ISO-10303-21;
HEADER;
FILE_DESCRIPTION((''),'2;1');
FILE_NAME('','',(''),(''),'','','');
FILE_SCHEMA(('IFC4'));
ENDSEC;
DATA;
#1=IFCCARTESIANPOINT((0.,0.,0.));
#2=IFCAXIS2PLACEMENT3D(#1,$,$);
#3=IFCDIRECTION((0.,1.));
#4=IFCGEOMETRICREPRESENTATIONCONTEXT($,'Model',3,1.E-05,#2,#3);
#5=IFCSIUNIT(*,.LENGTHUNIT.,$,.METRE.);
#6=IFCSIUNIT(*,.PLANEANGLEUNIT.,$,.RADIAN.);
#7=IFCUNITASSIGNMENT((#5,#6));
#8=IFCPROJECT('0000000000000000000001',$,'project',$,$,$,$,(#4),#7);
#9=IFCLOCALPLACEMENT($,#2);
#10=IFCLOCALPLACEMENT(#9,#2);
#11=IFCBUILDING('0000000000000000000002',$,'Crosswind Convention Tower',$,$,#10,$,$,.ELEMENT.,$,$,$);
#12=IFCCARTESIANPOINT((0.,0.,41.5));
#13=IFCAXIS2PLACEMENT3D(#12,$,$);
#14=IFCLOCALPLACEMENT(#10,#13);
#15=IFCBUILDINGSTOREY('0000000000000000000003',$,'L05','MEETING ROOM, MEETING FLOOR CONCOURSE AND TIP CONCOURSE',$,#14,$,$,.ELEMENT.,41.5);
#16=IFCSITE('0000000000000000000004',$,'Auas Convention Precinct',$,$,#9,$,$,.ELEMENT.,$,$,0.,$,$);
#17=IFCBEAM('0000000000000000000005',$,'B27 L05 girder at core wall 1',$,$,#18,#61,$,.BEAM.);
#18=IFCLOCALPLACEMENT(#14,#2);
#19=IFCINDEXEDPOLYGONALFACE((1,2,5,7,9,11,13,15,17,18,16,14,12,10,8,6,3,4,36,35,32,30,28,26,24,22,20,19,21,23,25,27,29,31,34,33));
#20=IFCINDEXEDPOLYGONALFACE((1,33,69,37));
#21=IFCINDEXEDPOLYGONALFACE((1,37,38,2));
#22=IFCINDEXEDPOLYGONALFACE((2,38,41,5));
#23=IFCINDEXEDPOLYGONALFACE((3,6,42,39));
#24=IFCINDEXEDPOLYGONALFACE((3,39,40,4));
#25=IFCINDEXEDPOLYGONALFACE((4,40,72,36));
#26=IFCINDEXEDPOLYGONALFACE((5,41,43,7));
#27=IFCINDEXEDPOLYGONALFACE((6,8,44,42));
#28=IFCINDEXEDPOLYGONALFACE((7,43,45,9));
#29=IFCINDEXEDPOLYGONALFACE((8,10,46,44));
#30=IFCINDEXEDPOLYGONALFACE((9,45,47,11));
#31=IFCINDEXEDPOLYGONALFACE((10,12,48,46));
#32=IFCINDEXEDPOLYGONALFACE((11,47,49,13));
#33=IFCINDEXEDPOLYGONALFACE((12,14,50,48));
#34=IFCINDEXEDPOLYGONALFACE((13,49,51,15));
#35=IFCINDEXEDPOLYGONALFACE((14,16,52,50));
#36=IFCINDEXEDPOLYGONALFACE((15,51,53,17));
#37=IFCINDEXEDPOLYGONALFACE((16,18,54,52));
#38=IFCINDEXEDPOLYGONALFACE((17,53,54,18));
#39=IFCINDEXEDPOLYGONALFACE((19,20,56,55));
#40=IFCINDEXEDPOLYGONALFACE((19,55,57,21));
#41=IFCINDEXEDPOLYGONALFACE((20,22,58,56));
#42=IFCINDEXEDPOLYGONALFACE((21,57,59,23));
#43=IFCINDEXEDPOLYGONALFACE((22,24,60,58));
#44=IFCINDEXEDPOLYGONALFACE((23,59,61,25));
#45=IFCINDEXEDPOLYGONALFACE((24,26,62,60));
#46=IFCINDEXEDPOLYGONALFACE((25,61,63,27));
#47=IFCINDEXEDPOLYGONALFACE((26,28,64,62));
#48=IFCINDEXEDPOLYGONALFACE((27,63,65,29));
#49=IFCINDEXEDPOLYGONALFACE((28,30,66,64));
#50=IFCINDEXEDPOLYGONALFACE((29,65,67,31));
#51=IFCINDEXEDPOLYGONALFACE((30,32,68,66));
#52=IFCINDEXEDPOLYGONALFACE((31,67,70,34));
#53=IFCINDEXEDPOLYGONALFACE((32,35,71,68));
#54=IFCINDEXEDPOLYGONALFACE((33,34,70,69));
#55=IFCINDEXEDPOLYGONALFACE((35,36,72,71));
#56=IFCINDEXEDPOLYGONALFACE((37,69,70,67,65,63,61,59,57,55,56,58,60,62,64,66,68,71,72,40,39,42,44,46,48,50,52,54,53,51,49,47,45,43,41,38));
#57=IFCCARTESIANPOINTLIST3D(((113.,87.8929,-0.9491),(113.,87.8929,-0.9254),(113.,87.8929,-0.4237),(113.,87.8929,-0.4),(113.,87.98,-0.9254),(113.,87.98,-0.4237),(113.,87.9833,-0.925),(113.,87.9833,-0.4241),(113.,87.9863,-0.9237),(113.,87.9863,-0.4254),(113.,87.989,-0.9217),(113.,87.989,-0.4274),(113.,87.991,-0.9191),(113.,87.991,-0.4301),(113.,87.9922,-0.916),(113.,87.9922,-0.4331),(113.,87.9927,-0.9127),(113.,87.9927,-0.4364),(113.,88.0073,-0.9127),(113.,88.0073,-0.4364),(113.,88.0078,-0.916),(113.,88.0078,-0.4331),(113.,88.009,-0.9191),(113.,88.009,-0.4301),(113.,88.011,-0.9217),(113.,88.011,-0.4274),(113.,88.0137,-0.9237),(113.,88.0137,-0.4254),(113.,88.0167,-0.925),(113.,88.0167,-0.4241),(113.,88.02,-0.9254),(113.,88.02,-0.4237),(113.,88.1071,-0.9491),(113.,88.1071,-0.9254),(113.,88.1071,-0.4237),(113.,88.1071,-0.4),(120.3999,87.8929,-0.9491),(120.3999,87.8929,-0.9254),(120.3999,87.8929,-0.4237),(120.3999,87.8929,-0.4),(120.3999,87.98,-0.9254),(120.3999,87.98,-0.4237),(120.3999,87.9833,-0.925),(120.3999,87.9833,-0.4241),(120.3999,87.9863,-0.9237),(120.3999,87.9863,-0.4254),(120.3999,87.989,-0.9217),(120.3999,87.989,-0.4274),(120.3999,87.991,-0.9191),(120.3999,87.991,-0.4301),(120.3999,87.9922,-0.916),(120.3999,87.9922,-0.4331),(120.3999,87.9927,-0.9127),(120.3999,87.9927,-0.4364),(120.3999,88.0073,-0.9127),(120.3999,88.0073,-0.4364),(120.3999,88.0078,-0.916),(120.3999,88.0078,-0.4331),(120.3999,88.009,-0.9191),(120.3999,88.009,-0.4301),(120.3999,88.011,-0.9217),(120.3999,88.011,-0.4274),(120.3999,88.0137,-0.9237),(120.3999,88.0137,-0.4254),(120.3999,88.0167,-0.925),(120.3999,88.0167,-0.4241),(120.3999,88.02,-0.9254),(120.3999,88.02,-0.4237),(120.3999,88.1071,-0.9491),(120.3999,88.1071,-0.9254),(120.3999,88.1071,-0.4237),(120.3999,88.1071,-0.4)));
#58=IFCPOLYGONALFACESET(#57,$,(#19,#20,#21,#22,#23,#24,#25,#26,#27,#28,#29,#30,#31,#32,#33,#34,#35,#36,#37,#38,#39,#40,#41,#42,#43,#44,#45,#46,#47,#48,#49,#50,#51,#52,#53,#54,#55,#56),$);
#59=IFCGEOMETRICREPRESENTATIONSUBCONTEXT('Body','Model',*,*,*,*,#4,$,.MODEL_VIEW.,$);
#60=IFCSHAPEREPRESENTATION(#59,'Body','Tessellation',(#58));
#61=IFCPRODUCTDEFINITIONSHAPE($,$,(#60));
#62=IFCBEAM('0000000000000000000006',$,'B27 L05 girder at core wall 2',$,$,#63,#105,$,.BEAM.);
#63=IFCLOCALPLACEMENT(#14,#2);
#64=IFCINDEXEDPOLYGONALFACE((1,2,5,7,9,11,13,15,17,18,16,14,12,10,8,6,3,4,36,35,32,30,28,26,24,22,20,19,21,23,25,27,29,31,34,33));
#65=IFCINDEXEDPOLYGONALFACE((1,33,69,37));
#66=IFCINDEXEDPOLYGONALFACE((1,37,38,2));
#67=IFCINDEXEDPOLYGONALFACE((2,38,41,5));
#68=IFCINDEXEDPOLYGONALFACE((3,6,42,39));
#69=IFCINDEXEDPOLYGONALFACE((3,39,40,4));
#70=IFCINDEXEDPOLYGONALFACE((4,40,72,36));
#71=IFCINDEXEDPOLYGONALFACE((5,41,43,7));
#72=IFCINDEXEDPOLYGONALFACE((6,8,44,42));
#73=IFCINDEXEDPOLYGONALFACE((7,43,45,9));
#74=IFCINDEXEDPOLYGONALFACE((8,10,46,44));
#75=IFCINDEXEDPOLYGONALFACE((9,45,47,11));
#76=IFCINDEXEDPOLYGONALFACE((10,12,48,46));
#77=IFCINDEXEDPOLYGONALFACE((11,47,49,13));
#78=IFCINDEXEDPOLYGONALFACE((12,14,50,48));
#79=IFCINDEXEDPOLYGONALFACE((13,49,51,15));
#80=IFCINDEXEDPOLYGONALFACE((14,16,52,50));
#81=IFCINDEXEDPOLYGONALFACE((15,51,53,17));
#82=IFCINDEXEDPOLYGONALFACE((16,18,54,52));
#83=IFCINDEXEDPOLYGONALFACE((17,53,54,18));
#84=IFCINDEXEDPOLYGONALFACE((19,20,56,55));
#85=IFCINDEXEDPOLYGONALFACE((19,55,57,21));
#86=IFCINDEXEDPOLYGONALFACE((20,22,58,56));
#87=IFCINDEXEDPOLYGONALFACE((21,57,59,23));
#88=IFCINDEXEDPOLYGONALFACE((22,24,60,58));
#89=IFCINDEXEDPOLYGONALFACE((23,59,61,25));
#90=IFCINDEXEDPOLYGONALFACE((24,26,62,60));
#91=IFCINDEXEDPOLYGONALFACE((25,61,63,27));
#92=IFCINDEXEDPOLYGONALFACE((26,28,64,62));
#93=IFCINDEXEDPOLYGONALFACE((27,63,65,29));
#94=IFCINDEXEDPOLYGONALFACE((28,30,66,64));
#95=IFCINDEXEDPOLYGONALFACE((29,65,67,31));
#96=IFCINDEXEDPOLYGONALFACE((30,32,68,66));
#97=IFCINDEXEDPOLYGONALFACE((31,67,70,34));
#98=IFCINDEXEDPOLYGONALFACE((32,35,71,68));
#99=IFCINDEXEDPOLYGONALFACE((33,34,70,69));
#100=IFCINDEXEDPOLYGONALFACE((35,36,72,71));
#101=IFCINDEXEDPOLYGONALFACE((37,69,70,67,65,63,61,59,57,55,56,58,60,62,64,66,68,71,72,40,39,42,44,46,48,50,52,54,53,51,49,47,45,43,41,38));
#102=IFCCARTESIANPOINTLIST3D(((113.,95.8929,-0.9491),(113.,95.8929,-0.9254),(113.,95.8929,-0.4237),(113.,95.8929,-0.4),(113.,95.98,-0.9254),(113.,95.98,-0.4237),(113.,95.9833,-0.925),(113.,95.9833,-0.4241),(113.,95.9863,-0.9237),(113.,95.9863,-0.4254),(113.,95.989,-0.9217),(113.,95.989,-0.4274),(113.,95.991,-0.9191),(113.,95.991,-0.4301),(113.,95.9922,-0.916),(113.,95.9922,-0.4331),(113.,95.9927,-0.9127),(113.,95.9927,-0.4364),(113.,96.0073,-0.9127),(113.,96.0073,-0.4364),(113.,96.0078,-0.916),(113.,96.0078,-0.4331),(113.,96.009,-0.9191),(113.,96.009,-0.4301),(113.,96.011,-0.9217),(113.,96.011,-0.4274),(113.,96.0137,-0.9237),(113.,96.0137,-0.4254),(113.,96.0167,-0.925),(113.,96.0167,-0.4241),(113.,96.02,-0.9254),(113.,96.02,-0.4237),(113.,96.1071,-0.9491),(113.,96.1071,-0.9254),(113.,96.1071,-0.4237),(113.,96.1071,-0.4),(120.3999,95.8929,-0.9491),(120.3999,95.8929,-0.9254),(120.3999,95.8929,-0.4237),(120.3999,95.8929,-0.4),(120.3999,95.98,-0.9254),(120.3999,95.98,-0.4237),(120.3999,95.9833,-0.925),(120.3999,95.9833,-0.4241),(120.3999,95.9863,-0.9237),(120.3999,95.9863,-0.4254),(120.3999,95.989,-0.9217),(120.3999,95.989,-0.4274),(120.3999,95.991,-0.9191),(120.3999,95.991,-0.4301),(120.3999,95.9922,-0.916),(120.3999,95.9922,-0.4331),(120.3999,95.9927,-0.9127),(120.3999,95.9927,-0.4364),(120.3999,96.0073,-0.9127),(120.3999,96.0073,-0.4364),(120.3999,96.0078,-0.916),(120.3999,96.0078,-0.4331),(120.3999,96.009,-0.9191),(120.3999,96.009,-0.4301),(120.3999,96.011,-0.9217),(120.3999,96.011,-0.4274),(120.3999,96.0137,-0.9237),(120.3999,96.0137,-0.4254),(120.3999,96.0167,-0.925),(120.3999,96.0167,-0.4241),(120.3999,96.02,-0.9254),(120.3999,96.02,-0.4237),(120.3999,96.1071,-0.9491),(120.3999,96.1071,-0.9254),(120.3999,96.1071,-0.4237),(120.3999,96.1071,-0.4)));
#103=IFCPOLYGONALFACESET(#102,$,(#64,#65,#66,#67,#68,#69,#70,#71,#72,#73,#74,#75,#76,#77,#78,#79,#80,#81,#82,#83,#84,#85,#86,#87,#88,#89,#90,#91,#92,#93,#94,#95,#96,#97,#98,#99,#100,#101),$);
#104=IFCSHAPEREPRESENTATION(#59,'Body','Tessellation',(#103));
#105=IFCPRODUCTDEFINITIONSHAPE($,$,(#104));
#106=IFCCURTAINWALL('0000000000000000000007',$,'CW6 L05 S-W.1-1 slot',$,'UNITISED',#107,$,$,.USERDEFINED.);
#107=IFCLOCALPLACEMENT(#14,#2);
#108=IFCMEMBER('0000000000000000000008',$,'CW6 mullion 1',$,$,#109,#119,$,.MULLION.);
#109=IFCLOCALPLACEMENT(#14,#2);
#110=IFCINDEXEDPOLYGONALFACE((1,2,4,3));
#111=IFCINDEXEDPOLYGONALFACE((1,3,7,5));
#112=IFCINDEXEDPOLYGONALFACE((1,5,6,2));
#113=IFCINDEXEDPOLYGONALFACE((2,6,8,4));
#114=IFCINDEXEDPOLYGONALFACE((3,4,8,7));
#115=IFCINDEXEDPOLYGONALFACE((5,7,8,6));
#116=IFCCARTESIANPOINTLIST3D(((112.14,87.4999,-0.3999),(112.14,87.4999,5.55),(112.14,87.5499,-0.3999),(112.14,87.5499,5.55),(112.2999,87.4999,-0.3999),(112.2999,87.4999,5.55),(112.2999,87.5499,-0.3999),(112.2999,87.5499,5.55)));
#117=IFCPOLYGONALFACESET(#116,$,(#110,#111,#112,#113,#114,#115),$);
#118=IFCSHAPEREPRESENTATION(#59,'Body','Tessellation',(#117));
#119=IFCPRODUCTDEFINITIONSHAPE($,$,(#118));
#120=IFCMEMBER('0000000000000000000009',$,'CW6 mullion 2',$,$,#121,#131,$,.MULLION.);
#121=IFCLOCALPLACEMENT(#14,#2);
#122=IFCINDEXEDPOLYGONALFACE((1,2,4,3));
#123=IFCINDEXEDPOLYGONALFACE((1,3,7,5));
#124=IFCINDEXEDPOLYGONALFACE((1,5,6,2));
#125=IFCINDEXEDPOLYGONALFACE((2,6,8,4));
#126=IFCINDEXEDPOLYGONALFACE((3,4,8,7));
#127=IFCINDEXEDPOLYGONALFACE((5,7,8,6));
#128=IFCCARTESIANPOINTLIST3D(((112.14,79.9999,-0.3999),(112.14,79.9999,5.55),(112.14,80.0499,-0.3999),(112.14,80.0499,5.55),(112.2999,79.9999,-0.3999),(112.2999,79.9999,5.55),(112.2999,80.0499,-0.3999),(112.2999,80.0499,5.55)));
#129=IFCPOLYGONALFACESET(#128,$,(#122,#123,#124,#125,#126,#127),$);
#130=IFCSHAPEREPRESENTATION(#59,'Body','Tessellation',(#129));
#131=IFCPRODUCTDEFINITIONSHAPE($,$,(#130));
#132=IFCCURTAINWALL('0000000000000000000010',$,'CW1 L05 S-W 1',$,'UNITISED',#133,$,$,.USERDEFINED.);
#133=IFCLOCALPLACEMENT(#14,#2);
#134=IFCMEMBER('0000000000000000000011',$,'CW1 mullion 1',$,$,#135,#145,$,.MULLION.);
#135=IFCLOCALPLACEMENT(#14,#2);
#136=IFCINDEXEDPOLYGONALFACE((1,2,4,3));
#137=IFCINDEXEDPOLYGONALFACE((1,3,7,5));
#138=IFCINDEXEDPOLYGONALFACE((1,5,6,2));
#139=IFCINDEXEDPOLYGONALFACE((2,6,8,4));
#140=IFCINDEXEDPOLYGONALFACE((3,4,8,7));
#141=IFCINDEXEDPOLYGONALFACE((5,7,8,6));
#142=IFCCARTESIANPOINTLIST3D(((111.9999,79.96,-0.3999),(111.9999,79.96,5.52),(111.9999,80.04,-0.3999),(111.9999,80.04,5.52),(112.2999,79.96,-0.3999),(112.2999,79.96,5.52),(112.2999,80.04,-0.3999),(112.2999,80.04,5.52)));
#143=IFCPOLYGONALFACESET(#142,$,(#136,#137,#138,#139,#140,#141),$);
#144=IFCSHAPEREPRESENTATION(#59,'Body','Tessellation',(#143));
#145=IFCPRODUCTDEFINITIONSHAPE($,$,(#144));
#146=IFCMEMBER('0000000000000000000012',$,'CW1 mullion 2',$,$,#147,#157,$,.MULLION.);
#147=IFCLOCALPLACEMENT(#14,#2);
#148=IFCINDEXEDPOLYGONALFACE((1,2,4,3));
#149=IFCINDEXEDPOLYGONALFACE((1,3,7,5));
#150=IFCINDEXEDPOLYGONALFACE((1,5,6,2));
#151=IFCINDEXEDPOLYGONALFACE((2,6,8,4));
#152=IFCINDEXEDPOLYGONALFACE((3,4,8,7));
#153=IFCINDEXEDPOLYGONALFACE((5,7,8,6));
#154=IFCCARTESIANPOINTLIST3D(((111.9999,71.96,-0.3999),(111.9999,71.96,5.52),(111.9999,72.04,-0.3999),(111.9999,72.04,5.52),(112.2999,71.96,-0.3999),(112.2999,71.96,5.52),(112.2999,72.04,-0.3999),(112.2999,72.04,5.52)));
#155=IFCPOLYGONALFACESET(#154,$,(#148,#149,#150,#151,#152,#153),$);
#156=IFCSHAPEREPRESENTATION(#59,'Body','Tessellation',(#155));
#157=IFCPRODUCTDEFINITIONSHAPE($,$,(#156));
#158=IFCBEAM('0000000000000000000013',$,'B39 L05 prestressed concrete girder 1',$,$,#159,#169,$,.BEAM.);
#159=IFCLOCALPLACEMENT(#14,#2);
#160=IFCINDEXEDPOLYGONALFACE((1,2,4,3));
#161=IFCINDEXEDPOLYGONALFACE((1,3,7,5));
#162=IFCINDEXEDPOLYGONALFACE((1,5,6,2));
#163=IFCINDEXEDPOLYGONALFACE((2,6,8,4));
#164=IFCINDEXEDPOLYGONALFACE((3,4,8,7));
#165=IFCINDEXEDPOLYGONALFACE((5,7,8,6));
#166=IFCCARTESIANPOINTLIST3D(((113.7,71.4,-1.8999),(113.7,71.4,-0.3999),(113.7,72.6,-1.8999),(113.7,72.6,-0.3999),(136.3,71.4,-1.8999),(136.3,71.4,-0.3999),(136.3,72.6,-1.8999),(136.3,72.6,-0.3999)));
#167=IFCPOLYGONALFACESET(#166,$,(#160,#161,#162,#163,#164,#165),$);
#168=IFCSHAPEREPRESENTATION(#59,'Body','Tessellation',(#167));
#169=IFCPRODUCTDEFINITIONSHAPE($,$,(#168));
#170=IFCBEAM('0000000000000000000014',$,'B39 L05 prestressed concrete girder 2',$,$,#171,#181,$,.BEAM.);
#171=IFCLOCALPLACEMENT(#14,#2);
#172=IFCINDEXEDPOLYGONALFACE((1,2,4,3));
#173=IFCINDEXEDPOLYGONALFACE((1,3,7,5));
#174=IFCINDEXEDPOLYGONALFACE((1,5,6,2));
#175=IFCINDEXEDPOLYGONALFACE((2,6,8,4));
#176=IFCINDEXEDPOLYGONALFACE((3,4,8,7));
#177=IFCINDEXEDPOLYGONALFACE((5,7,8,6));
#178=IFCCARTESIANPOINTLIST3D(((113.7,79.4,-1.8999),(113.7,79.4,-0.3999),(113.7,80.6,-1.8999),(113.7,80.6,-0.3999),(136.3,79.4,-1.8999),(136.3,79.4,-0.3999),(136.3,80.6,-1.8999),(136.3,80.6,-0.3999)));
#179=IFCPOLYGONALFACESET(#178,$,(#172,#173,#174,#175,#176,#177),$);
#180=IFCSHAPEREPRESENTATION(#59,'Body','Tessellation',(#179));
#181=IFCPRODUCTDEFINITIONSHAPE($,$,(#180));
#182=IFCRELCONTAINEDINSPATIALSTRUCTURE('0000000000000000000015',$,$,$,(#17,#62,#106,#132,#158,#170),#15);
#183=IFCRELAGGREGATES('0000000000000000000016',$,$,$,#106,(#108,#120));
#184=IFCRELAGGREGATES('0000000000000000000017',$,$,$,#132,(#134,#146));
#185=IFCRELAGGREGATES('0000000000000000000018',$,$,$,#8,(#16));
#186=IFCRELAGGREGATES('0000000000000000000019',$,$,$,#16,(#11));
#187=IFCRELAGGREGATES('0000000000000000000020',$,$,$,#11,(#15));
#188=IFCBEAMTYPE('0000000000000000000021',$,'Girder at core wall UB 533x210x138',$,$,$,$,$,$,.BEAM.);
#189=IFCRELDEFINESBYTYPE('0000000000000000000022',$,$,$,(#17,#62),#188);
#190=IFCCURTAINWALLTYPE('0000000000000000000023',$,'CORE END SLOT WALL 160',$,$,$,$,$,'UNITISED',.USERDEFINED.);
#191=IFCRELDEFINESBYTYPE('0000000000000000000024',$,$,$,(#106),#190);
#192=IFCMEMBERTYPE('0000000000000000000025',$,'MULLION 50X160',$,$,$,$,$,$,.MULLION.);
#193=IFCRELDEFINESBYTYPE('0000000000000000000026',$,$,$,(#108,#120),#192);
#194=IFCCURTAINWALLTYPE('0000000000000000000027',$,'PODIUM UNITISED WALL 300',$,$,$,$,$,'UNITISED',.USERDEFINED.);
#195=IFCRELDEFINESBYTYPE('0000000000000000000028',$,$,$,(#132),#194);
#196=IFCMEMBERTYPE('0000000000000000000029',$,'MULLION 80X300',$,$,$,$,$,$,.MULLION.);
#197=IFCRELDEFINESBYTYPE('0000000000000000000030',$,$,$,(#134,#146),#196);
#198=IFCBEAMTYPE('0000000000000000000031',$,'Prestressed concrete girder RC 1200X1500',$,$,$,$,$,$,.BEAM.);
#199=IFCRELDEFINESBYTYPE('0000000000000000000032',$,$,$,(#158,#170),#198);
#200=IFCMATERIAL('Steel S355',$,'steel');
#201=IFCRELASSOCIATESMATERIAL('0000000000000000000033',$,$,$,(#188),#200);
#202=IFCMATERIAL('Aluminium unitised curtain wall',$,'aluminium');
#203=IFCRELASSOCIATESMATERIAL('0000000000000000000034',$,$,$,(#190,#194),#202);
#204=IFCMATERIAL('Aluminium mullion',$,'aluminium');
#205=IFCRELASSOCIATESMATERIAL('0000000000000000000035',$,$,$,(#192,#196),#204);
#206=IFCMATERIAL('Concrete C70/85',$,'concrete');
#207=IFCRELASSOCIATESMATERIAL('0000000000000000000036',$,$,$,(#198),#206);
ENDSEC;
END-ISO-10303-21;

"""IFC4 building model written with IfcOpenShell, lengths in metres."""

from ifc_helpers import new_model, si_unit, direction, frame, origin, origin_2d, place, context, subcontext, project, spatial, rectangle, i_section, extrude, material, material_profile, profile_set, type_object, element, aggregate, save


model = new_model("IFC4")

# Units and contexts
model_context = context("Model", 3, precision=1e-05, world=origin(), true_north=direction((0.0, 1.0)))
body_context = subcontext(model_context, "Body", "Model", "MODEL_VIEW")
ifc_project = project(units=[si_unit("LENGTHUNIT", "METRE"), si_unit("PLANEANGLEUNIT", "RADIAN")], contexts=[model_context])

# Site, building, storey
site_placement = place(None, origin())
site = spatial("IfcSite", under=ifc_project, at=site_placement, Name="Auas Convention Precinct", CompositionType="ELEMENT", RefElevation=0.0)
building_placement = place(site_placement, origin())
building = spatial("IfcBuilding", under=site, at=building_placement, Name="Crosswind Convention Tower", CompositionType="ELEMENT")
storey_placement = place(building_placement, frame((0.0, 0.0, 41.5)))
storey = spatial("IfcBuildingStorey", under=building, at=storey_placement, Name="L05", Description="MEETING ROOM, MEETING FLOOR CONCOURSE AND TIP CONCOURSE", CompositionType="ELEMENT", Elevation=41.5)

# Shared definitions
ifc_material_1 = material(Name="Concrete C70/85", Category="concrete")

# Beams
ifc_material_2 = material(Name="Steel S355", Category="steel")
ifc_material_profile_1 = material_profile(ifc_material_2, i_section(OverallWidth=0.2141, OverallDepth=0.5491, WebThickness=0.0146, FlangeThickness=0.0237, FilletRadius=0.0127, at=origin_2d()), Name="UB 533x210x138")
ifc_profile_set_1 = profile_set([ifc_material_profile_1], Name="Steel S355")
beam_type_1 = type_object("IfcBeamType", Name="Girder at core wall UB 533x210x138", PredefinedType="BEAM", material=ifc_profile_set_1)
for number, where, z_axis, x_axis, name in (
    (1, (113.0, 88.0, -0.6746), (1.0, 0.0, 0.0), (0.0, 1.0, 0.0), "B27 L05 girder at core wall 1"),
    (2, (113.0, 96.0, -0.6746), (1.0, 0.0, 0.0), (0.0, 1.0, 0.0), "B27 L05 girder at core wall 2"),
):
    element("IfcBeam", number, at=place(storey_placement, frame(where, z_axis=z_axis, x_axis=x_axis)), inside=storey, type_object=beam_type_1, Name=name, PredefinedType="BEAM", context=body_context, shape_type="SweptSolid", body=[
        extrude(i_section(OverallWidth=0.2141, OverallDepth=0.5491, WebThickness=0.0146, FlangeThickness=0.0237, FilletRadius=0.0127, at=origin_2d()), origin(), (0.0, 0.0, 1.0), 7.3999),
    ])

# Curtain walls, members
ifc_material_3 = material(Name="Aluminium unitised curtain wall", Category="aluminium")
curtain_wall_type_1 = type_object("IfcCurtainWallType", Name="CORE END SLOT WALL 160", ElementType="UNITISED", PredefinedType="USERDEFINED", material=ifc_material_3)
curtain_wall_1_placement = place(storey_placement, origin())
curtain_wall_1 = element("IfcCurtainWall", 3, at=curtain_wall_1_placement, inside=storey, type_object=curtain_wall_type_1, Name="CW6 L05 S-W.1-1 slot", ObjectType="UNITISED", PredefinedType="USERDEFINED")
ifc_material_4 = material(Name="Aluminium mullion", Category="aluminium")
ifc_material_profile_2 = material_profile(ifc_material_4, rectangle(XDim=0.1599, YDim=0.05, at=origin_2d()), Name="AL 160X50")
ifc_profile_set_2 = profile_set([ifc_material_profile_2], Name="Aluminium mullion")
member_type_1 = type_object("IfcMemberType", Name="MULLION 50X160", PredefinedType="MULLION", material=ifc_profile_set_2)
member_1_placement = place(storey_placement, frame((112.22, 87.5249, -0.3999), z_axis=(0.0, 0.0, 1.0), x_axis=(-1.0, 0.0, 0.0)))
member_1 = element("IfcMember", 4, at=member_1_placement, type_object=member_type_1, Name="CW6 mullion 1", PredefinedType="MULLION", context=body_context, shape_type="SweptSolid", body=[
    extrude(rectangle(XDim=0.1599, YDim=0.05, at=origin_2d()), origin(), (0.0, 0.0, 1.0), 5.95),
])
member_2_placement = place(storey_placement, frame((112.22, 80.0249, -0.3999), z_axis=(0.0, 0.0, 1.0), x_axis=(-1.0, 0.0, 0.0)))
member_2 = element("IfcMember", 5, at=member_2_placement, type_object=member_type_1, Name="CW6 mullion 2", PredefinedType="MULLION", context=body_context, shape_type="SweptSolid", body=[
    extrude(rectangle(XDim=0.1599, YDim=0.05, at=origin_2d()), origin(), (0.0, 0.0, 1.0), 5.95),
])
curtain_wall_type_2 = type_object("IfcCurtainWallType", Name="PODIUM UNITISED WALL 300", ElementType="UNITISED", PredefinedType="USERDEFINED", material=ifc_material_3)
curtain_wall_2_placement = place(storey_placement, origin())
curtain_wall_2 = element("IfcCurtainWall", 6, at=curtain_wall_2_placement, inside=storey, type_object=curtain_wall_type_2, Name="CW1 L05 S-W 1", ObjectType="UNITISED", PredefinedType="USERDEFINED")
ifc_material_profile_3 = material_profile(ifc_material_4, rectangle(XDim=0.3, YDim=0.0801, at=origin_2d()), Name="AL 300X80")
ifc_profile_set_3 = profile_set([ifc_material_profile_3], Name="Aluminium mullion")
member_type_2 = type_object("IfcMemberType", Name="MULLION 80X300", PredefinedType="MULLION", material=ifc_profile_set_3)
member_3_placement = place(storey_placement, frame((112.1499, 80.0, -0.3999), z_axis=(0.0, 0.0, 1.0), x_axis=(-1.0, 0.0, 0.0)))
member_3 = element("IfcMember", 7, at=member_3_placement, type_object=member_type_2, Name="CW1 mullion 1", PredefinedType="MULLION", context=body_context, shape_type="SweptSolid", body=[
    extrude(rectangle(XDim=0.3, YDim=0.0801, at=origin_2d()), origin(), (0.0, 0.0, 1.0), 5.9199),
])
member_4_placement = place(storey_placement, frame((112.1499, 72.0, -0.3999), z_axis=(0.0, 0.0, 1.0), x_axis=(-1.0, 0.0, 0.0)))
member_4 = element("IfcMember", 8, at=member_4_placement, type_object=member_type_2, Name="CW1 mullion 2", PredefinedType="MULLION", context=body_context, shape_type="SweptSolid", body=[
    extrude(rectangle(XDim=0.3, YDim=0.0801, at=origin_2d()), origin(), (0.0, 0.0, 1.0), 5.9199),
])

# Beams
ifc_material_profile_4 = material_profile(ifc_material_1, rectangle(XDim=1.2, YDim=1.5, at=origin_2d()), Name="RC 1200X1500")
ifc_profile_set_4 = profile_set([ifc_material_profile_4], Name="Concrete C70/85")
beam_type_2 = type_object("IfcBeamType", Name="Prestressed concrete girder RC 1200X1500", PredefinedType="BEAM", material=ifc_profile_set_4)
for number, where, z_axis, x_axis, name in (
    (9, (113.7, 72.0, -1.1499), (1.0, 0.0, 0.0), (0.0, 1.0, 0.0), "B39 L05 prestressed concrete girder 1"),
    (10, (113.7, 80.0, -1.1499), (1.0, 0.0, 0.0), (0.0, 1.0, 0.0), "B39 L05 prestressed concrete girder 2"),
):
    element("IfcBeam", number, at=place(storey_placement, frame(where, z_axis=z_axis, x_axis=x_axis)), inside=storey, type_object=beam_type_2, Name=name, PredefinedType="BEAM", context=body_context, shape_type="SweptSolid", body=[
        extrude(rectangle(XDim=1.2, YDim=1.5, at=origin_2d()), origin(), (0.0, 0.0, 1.0), 22.6001),
    ])

aggregate(curtain_wall_1, [member_1, member_2])
aggregate(curtain_wall_2, [member_3, member_4])

save(model, "model.ifc")
